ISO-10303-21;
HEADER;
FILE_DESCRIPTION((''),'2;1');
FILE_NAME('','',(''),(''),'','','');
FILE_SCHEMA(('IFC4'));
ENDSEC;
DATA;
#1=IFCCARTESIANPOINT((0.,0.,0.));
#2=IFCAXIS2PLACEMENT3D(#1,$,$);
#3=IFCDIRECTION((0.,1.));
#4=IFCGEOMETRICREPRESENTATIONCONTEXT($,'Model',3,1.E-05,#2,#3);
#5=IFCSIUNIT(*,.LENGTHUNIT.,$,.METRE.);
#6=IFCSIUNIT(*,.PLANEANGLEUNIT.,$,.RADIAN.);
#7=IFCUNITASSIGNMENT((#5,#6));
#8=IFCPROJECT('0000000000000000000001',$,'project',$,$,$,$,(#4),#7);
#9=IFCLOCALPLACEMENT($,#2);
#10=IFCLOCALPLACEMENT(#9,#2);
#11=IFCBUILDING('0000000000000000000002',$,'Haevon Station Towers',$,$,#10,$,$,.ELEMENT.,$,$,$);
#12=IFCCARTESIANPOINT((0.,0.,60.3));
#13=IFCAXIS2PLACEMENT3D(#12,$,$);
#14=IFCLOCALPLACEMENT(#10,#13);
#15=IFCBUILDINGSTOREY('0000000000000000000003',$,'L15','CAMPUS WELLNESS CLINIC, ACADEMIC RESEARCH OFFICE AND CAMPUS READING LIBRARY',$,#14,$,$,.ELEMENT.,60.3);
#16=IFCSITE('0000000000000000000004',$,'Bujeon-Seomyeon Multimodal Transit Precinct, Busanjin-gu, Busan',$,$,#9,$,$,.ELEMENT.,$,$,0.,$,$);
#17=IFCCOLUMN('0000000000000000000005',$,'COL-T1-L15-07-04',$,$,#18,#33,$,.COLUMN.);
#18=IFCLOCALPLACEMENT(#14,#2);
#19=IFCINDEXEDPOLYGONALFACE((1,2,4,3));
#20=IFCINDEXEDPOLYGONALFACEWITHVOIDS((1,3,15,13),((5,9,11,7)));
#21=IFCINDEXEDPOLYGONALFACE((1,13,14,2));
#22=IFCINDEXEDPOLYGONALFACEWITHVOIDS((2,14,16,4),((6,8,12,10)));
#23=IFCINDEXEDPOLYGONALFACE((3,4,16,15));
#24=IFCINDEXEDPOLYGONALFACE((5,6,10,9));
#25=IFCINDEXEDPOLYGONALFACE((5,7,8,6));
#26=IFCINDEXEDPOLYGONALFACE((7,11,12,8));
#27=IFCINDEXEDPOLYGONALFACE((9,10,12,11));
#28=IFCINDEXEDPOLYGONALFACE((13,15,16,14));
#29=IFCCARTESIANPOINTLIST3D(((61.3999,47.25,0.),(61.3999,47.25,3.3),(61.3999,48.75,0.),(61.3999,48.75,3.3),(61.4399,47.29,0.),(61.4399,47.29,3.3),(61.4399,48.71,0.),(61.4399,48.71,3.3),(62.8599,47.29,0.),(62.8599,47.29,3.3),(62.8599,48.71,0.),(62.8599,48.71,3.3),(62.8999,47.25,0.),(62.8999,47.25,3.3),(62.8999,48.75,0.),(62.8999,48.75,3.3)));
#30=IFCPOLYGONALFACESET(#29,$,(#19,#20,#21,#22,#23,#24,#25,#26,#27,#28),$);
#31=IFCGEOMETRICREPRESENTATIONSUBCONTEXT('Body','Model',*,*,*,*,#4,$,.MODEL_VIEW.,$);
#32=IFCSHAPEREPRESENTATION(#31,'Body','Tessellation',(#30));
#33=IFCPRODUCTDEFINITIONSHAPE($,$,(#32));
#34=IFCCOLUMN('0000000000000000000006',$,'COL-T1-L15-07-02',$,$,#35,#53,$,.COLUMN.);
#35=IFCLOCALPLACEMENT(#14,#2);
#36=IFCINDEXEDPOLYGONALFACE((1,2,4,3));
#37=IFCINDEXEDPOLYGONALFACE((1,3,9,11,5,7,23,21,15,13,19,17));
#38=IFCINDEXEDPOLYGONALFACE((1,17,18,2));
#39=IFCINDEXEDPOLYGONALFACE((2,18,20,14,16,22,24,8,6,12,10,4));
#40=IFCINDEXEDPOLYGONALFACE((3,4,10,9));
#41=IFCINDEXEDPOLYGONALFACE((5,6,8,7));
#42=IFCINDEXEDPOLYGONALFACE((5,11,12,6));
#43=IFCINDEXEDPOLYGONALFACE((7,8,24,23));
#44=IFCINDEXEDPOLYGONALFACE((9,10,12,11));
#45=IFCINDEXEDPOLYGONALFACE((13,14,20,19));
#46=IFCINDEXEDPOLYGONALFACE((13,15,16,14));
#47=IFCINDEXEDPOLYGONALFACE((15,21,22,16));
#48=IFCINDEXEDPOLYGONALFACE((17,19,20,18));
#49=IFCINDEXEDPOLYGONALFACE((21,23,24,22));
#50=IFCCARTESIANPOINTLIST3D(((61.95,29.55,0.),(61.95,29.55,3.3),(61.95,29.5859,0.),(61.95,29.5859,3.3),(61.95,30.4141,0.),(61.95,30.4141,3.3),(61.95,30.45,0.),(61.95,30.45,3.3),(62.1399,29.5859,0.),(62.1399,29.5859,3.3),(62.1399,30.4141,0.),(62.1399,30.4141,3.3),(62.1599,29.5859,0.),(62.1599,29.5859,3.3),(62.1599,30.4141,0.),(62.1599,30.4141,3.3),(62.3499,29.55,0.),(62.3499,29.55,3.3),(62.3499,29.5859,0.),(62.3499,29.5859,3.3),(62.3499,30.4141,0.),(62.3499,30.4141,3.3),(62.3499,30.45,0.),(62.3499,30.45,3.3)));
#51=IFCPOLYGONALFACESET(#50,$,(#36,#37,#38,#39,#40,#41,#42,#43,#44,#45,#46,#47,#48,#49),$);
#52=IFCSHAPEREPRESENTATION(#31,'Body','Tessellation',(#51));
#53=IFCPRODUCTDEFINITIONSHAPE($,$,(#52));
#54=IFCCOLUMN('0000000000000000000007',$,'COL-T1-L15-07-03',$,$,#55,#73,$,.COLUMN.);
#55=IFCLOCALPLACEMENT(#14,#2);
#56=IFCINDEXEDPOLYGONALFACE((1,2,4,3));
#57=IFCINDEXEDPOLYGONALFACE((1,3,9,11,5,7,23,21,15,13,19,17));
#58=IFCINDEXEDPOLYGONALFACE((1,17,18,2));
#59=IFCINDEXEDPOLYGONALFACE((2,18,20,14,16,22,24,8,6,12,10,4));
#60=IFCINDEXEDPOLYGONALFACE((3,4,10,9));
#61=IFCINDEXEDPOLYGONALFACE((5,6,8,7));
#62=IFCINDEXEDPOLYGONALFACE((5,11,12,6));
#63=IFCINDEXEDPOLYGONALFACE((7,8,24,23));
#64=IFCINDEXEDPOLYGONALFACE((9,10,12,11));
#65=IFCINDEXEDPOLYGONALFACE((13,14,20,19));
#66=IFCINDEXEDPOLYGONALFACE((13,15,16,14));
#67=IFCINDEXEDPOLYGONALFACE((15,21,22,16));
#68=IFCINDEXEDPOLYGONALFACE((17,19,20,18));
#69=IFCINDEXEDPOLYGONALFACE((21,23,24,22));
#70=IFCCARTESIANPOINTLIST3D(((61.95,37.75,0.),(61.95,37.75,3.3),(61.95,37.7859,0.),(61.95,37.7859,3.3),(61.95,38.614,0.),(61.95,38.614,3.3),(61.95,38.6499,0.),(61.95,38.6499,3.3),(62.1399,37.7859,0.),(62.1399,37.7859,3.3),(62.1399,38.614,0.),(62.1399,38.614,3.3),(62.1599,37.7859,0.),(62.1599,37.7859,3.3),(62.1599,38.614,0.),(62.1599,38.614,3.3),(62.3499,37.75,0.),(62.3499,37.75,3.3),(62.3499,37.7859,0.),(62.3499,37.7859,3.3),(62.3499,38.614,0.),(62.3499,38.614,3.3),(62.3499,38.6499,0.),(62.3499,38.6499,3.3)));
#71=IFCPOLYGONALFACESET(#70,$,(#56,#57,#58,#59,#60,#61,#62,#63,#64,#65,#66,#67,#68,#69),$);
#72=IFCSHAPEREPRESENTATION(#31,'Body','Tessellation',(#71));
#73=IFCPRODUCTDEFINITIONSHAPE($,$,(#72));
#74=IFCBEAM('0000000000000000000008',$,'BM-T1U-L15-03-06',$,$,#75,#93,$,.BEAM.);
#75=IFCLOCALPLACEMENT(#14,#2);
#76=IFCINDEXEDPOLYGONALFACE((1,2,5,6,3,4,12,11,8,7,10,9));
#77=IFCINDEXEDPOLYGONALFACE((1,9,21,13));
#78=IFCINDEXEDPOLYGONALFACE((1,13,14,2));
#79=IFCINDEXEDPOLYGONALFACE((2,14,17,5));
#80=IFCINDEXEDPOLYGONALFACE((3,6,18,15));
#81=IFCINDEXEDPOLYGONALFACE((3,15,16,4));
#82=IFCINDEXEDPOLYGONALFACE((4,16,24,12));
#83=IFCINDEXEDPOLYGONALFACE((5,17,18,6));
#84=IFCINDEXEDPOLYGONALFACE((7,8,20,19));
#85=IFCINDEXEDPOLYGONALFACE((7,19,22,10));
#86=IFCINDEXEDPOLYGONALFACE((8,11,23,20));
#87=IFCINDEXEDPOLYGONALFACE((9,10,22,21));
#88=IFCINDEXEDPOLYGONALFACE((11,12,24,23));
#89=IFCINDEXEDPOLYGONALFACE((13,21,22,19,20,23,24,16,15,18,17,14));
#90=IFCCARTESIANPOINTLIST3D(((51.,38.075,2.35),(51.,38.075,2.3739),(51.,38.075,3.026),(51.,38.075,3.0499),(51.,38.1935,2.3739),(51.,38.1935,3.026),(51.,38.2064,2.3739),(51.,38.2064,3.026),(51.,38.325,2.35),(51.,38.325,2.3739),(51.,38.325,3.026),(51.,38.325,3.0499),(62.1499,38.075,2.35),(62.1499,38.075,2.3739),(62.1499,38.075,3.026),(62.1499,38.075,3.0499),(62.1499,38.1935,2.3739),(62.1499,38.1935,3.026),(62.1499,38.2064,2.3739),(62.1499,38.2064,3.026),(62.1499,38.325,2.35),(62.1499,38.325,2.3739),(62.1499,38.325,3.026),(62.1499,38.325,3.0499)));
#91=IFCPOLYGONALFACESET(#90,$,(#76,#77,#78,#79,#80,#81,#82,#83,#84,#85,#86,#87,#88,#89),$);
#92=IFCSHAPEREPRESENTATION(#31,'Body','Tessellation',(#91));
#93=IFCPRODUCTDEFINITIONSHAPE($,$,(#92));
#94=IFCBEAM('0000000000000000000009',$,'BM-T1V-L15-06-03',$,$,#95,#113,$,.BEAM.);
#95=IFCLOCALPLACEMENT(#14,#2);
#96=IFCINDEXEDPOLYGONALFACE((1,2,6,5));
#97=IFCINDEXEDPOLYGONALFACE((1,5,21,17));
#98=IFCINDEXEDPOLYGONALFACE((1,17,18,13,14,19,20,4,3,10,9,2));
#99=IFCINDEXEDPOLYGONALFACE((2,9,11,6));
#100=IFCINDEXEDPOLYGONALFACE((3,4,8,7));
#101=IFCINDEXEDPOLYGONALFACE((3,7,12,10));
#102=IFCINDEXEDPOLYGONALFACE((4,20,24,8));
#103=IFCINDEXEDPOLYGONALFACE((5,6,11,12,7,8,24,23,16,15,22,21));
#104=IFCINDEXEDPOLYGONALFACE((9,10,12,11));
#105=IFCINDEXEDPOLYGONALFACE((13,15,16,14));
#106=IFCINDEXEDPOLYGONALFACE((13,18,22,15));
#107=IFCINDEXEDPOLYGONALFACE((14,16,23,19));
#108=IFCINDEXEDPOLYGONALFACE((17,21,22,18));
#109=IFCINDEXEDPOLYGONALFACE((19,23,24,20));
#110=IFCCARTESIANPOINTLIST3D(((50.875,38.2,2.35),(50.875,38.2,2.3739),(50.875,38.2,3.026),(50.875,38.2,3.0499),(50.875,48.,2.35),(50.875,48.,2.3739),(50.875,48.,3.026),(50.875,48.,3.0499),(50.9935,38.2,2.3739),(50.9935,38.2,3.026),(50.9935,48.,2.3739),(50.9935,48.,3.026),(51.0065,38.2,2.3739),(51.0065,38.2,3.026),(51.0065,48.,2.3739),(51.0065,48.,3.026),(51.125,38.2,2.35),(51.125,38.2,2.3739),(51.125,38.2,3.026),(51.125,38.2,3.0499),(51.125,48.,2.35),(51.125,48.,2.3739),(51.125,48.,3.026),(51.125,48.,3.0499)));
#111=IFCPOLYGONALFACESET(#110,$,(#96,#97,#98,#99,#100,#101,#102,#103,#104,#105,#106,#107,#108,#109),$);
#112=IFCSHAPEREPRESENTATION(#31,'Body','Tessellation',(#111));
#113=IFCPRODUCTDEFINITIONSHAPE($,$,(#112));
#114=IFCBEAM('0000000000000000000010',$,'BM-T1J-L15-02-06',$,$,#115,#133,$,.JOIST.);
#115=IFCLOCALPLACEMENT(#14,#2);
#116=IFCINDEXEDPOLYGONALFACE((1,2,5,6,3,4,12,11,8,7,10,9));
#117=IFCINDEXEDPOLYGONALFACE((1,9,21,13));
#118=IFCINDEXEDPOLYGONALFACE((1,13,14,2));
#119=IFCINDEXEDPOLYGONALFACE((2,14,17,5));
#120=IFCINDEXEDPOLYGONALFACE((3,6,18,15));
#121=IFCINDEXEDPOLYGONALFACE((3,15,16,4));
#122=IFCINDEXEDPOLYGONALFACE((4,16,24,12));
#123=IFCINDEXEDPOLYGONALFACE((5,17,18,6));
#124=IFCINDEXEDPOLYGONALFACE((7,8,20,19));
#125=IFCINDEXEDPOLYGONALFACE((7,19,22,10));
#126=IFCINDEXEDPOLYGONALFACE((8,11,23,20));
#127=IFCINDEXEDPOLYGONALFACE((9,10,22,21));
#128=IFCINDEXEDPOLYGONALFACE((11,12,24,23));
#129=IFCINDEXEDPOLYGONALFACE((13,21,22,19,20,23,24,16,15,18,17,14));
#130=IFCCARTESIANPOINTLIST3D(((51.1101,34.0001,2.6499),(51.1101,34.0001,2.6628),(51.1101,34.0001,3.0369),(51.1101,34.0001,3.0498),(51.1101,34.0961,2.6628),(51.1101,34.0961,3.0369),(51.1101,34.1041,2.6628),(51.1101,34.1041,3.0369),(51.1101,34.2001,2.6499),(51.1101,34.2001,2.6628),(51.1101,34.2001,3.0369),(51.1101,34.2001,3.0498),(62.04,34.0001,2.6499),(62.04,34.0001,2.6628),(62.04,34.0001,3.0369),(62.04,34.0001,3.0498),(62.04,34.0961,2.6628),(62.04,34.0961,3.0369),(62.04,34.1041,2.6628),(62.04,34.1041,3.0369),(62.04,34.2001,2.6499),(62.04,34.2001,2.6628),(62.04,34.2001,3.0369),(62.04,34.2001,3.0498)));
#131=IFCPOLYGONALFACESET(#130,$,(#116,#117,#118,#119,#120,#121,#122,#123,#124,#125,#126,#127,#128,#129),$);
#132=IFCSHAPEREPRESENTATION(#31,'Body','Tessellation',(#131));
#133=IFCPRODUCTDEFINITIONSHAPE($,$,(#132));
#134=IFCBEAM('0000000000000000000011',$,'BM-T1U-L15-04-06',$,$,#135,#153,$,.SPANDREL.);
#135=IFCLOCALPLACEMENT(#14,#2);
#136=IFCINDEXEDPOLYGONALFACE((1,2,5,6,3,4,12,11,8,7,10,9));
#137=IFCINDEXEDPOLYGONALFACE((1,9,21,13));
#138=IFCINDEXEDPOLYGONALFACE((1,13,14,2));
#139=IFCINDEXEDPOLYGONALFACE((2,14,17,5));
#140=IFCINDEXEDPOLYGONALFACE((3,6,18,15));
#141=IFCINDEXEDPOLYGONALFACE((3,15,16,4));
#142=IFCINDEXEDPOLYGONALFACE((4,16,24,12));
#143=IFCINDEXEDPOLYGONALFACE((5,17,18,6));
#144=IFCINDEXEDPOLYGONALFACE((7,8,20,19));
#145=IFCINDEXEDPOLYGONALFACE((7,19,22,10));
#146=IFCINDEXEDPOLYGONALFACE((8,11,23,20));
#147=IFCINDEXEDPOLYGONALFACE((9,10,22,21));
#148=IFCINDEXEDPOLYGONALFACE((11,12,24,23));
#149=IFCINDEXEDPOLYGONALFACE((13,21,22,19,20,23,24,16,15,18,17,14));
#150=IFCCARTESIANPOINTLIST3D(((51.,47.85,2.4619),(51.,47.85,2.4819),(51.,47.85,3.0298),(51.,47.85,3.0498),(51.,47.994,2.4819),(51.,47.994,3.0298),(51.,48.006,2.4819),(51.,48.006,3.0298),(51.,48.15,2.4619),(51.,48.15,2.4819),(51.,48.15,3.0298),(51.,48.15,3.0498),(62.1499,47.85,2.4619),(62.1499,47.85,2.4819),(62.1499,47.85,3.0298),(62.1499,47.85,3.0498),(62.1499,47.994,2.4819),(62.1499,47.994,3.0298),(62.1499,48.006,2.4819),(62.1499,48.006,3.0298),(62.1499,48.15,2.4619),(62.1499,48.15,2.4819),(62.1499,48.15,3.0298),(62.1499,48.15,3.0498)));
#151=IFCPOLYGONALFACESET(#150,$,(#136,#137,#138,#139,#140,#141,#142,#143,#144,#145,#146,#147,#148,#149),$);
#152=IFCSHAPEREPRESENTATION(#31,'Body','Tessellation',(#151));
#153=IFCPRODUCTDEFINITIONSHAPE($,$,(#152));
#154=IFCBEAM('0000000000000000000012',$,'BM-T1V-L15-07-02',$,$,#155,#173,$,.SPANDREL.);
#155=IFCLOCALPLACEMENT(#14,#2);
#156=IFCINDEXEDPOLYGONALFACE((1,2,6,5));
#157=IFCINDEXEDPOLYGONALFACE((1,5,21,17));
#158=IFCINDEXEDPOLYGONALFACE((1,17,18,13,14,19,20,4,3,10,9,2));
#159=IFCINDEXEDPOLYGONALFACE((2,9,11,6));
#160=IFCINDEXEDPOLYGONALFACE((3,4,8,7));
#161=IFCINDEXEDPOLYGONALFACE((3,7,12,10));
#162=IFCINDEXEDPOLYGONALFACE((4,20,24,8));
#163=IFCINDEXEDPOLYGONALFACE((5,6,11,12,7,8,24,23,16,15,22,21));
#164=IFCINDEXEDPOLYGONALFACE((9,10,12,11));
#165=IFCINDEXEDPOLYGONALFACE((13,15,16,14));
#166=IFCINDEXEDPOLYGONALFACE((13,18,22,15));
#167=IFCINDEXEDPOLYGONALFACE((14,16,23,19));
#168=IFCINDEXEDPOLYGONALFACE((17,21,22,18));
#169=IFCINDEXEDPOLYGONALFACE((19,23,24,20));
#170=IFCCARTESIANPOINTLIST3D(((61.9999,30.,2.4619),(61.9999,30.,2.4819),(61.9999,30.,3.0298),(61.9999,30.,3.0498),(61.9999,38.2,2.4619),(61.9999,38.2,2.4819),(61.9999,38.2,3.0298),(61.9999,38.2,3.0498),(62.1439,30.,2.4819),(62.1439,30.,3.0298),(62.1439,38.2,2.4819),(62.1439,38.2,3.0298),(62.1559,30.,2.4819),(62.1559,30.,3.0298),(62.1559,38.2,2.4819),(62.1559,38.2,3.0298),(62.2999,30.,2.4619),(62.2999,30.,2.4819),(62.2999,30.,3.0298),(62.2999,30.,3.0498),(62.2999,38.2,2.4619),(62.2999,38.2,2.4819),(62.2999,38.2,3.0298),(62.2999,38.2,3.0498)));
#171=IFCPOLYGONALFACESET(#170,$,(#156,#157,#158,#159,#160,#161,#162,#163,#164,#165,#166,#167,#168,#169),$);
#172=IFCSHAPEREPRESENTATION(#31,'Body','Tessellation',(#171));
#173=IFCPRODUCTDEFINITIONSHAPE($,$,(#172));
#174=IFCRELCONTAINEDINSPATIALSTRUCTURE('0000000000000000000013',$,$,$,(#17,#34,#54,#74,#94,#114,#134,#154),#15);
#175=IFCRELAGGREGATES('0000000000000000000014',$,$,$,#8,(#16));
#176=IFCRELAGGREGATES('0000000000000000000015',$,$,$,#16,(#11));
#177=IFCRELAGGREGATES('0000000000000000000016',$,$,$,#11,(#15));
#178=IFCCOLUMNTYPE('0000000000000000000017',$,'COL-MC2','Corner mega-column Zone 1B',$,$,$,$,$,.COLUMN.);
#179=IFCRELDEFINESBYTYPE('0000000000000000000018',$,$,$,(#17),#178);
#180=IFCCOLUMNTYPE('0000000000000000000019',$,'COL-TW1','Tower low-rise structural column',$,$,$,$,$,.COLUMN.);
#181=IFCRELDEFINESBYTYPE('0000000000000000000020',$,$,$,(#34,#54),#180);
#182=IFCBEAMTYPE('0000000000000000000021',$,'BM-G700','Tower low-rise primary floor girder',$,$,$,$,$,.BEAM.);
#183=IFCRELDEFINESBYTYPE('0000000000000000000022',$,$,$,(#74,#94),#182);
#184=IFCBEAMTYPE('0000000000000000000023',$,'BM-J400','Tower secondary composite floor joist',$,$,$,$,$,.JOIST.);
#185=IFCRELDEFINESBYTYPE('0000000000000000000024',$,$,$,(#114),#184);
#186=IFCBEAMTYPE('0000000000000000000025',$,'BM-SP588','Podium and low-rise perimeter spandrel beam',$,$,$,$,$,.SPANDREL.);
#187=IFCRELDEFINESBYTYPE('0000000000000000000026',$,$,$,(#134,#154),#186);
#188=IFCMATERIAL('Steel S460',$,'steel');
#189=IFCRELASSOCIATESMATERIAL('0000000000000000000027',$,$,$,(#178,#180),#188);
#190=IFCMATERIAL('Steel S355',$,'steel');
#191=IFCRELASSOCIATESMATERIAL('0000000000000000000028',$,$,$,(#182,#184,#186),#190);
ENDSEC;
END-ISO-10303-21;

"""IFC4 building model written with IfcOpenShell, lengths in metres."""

from ifc_helpers import new_model, si_unit, direction, frame, origin, origin_2d, place, context, subcontext, project, spatial, hollow_rectangle, i_section, extrude, material, material_profile, profile_set, type_object, element, save


model = new_model("IFC4")

# Units and contexts
model_context = context("Model", 3, precision=1e-05, world=origin(), true_north=direction((0.0, 1.0)))
body_context = subcontext(model_context, "Body", "Model", "MODEL_VIEW")
ifc_project = project(units=[si_unit("LENGTHUNIT", "METRE"), si_unit("PLANEANGLEUNIT", "RADIAN")], contexts=[model_context])

# Site, building, storey
site_placement = place(None, origin())
site = spatial("IfcSite", under=ifc_project, at=site_placement, Name="Bujeon-Seomyeon Multimodal Transit Precinct, Busanjin-gu, Busan", CompositionType="ELEMENT", RefElevation=0.0)
building_placement = place(site_placement, origin())
building = spatial("IfcBuilding", under=site, at=building_placement, Name="Haevon Station Towers", CompositionType="ELEMENT")
storey_placement = place(building_placement, frame((0.0, 0.0, 60.3)))
storey = spatial("IfcBuildingStorey", under=building, at=storey_placement, Name="L15", Description="CAMPUS WELLNESS CLINIC, ACADEMIC RESEARCH OFFICE AND CAMPUS READING LIBRARY", CompositionType="ELEMENT", Elevation=60.3)

# Columns
ifc_material_1 = material(Name="Steel S460", Category="steel")
ifc_material_profile_1 = material_profile(ifc_material_1, hollow_rectangle(XDim=1.5, YDim=1.5, WallThickness=0.04, at=origin_2d()), Name="BOX-1500x1500x40")
ifc_profile_set_1 = profile_set([ifc_material_profile_1], Name="Steel S460")
column_type_1 = type_object("IfcColumnType", Name="COL-MC2", Description="Corner mega-column Zone 1B", PredefinedType="COLUMN", material=ifc_profile_set_1)
column_placement = place(storey_placement, frame((62.1499, 48.0, 0.0), z_axis=(0.0, 0.0, 1.0), x_axis=(1.0, 0.0, 0.0)))
element("IfcColumn", 1, at=column_placement, inside=storey, type_object=column_type_1, Name="COL-T1-L15-07-04", PredefinedType="COLUMN", context=body_context, shape_type="SweptSolid", body=[
    extrude(hollow_rectangle(XDim=1.5, YDim=1.5, WallThickness=0.04, at=origin_2d()), origin(), (0.0, 0.0, 1.0), 3.3),
])
ifc_material_profile_2 = material_profile(ifc_material_1, i_section(OverallWidth=0.3999, OverallDepth=0.8999, WebThickness=0.02, FlangeThickness=0.0359, at=origin_2d()), Name="H-900x400x20x36")
ifc_profile_set_2 = profile_set([ifc_material_profile_2], Name="Steel S460")
column_type_2 = type_object("IfcColumnType", Name="COL-TW1", Description="Tower low-rise structural column", PredefinedType="COLUMN", material=ifc_profile_set_2)
for number, where, z_axis, x_axis, name in (
    (2, (62.1499, 30.0, 0.0), (0.0, 0.0, 1.0), (1.0, 0.0, 0.0), "COL-T1-L15-07-02"),
    (3, (62.1499, 38.2, 0.0), (0.0, 0.0, 1.0), (1.0, 0.0, 0.0), "COL-T1-L15-07-03"),
):
    element("IfcColumn", number, at=place(storey_placement, frame(where, z_axis=z_axis, x_axis=x_axis)), inside=storey, type_object=column_type_2, Name=name, PredefinedType="COLUMN", context=body_context, shape_type="SweptSolid", body=[
        extrude(i_section(OverallWidth=0.3999, OverallDepth=0.8999, WebThickness=0.02, FlangeThickness=0.0359, at=origin_2d()), origin(), (0.0, 0.0, 1.0), 3.3),
    ])

# Beams
ifc_material_2 = material(Name="Steel S355", Category="steel")
ifc_material_profile_3 = material_profile(ifc_material_2, i_section(OverallWidth=0.25, OverallDepth=0.7, WebThickness=0.0129, FlangeThickness=0.0239, at=origin_2d()), Name="H-700x250x13x24")
ifc_profile_set_3 = profile_set([ifc_material_profile_3], Name="Steel S355")
beam_type_1 = type_object("IfcBeamType", Name="BM-G700", Description="Tower low-rise primary floor girder", PredefinedType="BEAM", material=ifc_profile_set_3)
beam_1_placement = place(storey_placement, frame((51.0, 38.2, 2.7), z_axis=(1.0, 0.0, 0.0), x_axis=(0.0, 1.0, 0.0)))
element("IfcBeam", 4, at=beam_1_placement, inside=storey, type_object=beam_type_1, Name="BM-T1U-L15-03-06", PredefinedType="BEAM", context=body_context, shape_type="SweptSolid", body=[
    extrude(i_section(OverallWidth=0.25, OverallDepth=0.7, WebThickness=0.0129, FlangeThickness=0.0239, at=origin_2d()), origin(), (0.0, 0.0, 1.0), 11.1499),
])
beam_2_placement = place(storey_placement, frame((51.0, 38.2, 2.7), z_axis=(0.0, 1.0, 0.0), x_axis=(-1.0, 0.0, 0.0)))
element("IfcBeam", 5, at=beam_2_placement, inside=storey, type_object=beam_type_1, Name="BM-T1V-L15-06-03", PredefinedType="BEAM", context=body_context, shape_type="SweptSolid", body=[
    extrude(i_section(OverallWidth=0.25, OverallDepth=0.7, WebThickness=0.0129, FlangeThickness=0.0239, at=origin_2d()), origin(), (0.0, 0.0, 1.0), 9.8),
])
ifc_material_profile_4 = material_profile(ifc_material_2, i_section(OverallWidth=0.2, OverallDepth=0.3999, WebThickness=0.0081, FlangeThickness=0.0129, at=origin_2d()), Name="H-400x200x8x13")
ifc_profile_set_4 = profile_set([ifc_material_profile_4], Name="Steel S355")
beam_type_2 = type_object("IfcBeamType", Name="BM-J400", Description="Tower secondary composite floor joist", PredefinedType="JOIST", material=ifc_profile_set_4)
beam_3_placement = place(storey_placement, frame((51.1101, 34.1001, 2.8499), z_axis=(1.0, 0.0, 0.0), x_axis=(0.0, 1.0, 0.0)))
element("IfcBeam", 6, at=beam_3_placement, inside=storey, type_object=beam_type_2, Name="BM-T1J-L15-02-06", PredefinedType="JOIST", context=body_context, shape_type="SweptSolid", body=[
    extrude(i_section(OverallWidth=0.2, OverallDepth=0.3999, WebThickness=0.0081, FlangeThickness=0.0129, at=origin_2d()), origin(), (0.0, 0.0, 1.0), 10.9299),
])
ifc_material_profile_5 = material_profile(ifc_material_2, i_section(OverallWidth=0.3, OverallDepth=0.5879, WebThickness=0.012, FlangeThickness=0.02, at=origin_2d()), Name="H-588x300x12x20")
ifc_profile_set_5 = profile_set([ifc_material_profile_5], Name="Steel S355")
beam_type_3 = type_object("IfcBeamType", Name="BM-SP588", Description="Podium and low-rise perimeter spandrel beam", PredefinedType="SPANDREL", material=ifc_profile_set_5)
beam_4_placement = place(storey_placement, frame((51.0, 48.0, 2.7559), z_axis=(1.0, 0.0, 0.0), x_axis=(0.0, 1.0, 0.0)))
element("IfcBeam", 7, at=beam_4_placement, inside=storey, type_object=beam_type_3, Name="BM-T1U-L15-04-06", PredefinedType="SPANDREL", context=body_context, shape_type="SweptSolid", body=[
    extrude(i_section(OverallWidth=0.3, OverallDepth=0.5879, WebThickness=0.012, FlangeThickness=0.02, at=origin_2d()), origin(), (0.0, 0.0, 1.0), 11.1499),
])
beam_5_placement = place(storey_placement, frame((62.1499, 30.0, 2.7559), z_axis=(0.0, 1.0, 0.0), x_axis=(-1.0, 0.0, 0.0)))
element("IfcBeam", 8, at=beam_5_placement, inside=storey, type_object=beam_type_3, Name="BM-T1V-L15-07-02", PredefinedType="SPANDREL", context=body_context, shape_type="SweptSolid", body=[
    extrude(i_section(OverallWidth=0.3, OverallDepth=0.5879, WebThickness=0.012, FlangeThickness=0.02, at=origin_2d()), origin(), (0.0, 0.0, 1.0), 8.2),
])

save(model, "model.ifc")
